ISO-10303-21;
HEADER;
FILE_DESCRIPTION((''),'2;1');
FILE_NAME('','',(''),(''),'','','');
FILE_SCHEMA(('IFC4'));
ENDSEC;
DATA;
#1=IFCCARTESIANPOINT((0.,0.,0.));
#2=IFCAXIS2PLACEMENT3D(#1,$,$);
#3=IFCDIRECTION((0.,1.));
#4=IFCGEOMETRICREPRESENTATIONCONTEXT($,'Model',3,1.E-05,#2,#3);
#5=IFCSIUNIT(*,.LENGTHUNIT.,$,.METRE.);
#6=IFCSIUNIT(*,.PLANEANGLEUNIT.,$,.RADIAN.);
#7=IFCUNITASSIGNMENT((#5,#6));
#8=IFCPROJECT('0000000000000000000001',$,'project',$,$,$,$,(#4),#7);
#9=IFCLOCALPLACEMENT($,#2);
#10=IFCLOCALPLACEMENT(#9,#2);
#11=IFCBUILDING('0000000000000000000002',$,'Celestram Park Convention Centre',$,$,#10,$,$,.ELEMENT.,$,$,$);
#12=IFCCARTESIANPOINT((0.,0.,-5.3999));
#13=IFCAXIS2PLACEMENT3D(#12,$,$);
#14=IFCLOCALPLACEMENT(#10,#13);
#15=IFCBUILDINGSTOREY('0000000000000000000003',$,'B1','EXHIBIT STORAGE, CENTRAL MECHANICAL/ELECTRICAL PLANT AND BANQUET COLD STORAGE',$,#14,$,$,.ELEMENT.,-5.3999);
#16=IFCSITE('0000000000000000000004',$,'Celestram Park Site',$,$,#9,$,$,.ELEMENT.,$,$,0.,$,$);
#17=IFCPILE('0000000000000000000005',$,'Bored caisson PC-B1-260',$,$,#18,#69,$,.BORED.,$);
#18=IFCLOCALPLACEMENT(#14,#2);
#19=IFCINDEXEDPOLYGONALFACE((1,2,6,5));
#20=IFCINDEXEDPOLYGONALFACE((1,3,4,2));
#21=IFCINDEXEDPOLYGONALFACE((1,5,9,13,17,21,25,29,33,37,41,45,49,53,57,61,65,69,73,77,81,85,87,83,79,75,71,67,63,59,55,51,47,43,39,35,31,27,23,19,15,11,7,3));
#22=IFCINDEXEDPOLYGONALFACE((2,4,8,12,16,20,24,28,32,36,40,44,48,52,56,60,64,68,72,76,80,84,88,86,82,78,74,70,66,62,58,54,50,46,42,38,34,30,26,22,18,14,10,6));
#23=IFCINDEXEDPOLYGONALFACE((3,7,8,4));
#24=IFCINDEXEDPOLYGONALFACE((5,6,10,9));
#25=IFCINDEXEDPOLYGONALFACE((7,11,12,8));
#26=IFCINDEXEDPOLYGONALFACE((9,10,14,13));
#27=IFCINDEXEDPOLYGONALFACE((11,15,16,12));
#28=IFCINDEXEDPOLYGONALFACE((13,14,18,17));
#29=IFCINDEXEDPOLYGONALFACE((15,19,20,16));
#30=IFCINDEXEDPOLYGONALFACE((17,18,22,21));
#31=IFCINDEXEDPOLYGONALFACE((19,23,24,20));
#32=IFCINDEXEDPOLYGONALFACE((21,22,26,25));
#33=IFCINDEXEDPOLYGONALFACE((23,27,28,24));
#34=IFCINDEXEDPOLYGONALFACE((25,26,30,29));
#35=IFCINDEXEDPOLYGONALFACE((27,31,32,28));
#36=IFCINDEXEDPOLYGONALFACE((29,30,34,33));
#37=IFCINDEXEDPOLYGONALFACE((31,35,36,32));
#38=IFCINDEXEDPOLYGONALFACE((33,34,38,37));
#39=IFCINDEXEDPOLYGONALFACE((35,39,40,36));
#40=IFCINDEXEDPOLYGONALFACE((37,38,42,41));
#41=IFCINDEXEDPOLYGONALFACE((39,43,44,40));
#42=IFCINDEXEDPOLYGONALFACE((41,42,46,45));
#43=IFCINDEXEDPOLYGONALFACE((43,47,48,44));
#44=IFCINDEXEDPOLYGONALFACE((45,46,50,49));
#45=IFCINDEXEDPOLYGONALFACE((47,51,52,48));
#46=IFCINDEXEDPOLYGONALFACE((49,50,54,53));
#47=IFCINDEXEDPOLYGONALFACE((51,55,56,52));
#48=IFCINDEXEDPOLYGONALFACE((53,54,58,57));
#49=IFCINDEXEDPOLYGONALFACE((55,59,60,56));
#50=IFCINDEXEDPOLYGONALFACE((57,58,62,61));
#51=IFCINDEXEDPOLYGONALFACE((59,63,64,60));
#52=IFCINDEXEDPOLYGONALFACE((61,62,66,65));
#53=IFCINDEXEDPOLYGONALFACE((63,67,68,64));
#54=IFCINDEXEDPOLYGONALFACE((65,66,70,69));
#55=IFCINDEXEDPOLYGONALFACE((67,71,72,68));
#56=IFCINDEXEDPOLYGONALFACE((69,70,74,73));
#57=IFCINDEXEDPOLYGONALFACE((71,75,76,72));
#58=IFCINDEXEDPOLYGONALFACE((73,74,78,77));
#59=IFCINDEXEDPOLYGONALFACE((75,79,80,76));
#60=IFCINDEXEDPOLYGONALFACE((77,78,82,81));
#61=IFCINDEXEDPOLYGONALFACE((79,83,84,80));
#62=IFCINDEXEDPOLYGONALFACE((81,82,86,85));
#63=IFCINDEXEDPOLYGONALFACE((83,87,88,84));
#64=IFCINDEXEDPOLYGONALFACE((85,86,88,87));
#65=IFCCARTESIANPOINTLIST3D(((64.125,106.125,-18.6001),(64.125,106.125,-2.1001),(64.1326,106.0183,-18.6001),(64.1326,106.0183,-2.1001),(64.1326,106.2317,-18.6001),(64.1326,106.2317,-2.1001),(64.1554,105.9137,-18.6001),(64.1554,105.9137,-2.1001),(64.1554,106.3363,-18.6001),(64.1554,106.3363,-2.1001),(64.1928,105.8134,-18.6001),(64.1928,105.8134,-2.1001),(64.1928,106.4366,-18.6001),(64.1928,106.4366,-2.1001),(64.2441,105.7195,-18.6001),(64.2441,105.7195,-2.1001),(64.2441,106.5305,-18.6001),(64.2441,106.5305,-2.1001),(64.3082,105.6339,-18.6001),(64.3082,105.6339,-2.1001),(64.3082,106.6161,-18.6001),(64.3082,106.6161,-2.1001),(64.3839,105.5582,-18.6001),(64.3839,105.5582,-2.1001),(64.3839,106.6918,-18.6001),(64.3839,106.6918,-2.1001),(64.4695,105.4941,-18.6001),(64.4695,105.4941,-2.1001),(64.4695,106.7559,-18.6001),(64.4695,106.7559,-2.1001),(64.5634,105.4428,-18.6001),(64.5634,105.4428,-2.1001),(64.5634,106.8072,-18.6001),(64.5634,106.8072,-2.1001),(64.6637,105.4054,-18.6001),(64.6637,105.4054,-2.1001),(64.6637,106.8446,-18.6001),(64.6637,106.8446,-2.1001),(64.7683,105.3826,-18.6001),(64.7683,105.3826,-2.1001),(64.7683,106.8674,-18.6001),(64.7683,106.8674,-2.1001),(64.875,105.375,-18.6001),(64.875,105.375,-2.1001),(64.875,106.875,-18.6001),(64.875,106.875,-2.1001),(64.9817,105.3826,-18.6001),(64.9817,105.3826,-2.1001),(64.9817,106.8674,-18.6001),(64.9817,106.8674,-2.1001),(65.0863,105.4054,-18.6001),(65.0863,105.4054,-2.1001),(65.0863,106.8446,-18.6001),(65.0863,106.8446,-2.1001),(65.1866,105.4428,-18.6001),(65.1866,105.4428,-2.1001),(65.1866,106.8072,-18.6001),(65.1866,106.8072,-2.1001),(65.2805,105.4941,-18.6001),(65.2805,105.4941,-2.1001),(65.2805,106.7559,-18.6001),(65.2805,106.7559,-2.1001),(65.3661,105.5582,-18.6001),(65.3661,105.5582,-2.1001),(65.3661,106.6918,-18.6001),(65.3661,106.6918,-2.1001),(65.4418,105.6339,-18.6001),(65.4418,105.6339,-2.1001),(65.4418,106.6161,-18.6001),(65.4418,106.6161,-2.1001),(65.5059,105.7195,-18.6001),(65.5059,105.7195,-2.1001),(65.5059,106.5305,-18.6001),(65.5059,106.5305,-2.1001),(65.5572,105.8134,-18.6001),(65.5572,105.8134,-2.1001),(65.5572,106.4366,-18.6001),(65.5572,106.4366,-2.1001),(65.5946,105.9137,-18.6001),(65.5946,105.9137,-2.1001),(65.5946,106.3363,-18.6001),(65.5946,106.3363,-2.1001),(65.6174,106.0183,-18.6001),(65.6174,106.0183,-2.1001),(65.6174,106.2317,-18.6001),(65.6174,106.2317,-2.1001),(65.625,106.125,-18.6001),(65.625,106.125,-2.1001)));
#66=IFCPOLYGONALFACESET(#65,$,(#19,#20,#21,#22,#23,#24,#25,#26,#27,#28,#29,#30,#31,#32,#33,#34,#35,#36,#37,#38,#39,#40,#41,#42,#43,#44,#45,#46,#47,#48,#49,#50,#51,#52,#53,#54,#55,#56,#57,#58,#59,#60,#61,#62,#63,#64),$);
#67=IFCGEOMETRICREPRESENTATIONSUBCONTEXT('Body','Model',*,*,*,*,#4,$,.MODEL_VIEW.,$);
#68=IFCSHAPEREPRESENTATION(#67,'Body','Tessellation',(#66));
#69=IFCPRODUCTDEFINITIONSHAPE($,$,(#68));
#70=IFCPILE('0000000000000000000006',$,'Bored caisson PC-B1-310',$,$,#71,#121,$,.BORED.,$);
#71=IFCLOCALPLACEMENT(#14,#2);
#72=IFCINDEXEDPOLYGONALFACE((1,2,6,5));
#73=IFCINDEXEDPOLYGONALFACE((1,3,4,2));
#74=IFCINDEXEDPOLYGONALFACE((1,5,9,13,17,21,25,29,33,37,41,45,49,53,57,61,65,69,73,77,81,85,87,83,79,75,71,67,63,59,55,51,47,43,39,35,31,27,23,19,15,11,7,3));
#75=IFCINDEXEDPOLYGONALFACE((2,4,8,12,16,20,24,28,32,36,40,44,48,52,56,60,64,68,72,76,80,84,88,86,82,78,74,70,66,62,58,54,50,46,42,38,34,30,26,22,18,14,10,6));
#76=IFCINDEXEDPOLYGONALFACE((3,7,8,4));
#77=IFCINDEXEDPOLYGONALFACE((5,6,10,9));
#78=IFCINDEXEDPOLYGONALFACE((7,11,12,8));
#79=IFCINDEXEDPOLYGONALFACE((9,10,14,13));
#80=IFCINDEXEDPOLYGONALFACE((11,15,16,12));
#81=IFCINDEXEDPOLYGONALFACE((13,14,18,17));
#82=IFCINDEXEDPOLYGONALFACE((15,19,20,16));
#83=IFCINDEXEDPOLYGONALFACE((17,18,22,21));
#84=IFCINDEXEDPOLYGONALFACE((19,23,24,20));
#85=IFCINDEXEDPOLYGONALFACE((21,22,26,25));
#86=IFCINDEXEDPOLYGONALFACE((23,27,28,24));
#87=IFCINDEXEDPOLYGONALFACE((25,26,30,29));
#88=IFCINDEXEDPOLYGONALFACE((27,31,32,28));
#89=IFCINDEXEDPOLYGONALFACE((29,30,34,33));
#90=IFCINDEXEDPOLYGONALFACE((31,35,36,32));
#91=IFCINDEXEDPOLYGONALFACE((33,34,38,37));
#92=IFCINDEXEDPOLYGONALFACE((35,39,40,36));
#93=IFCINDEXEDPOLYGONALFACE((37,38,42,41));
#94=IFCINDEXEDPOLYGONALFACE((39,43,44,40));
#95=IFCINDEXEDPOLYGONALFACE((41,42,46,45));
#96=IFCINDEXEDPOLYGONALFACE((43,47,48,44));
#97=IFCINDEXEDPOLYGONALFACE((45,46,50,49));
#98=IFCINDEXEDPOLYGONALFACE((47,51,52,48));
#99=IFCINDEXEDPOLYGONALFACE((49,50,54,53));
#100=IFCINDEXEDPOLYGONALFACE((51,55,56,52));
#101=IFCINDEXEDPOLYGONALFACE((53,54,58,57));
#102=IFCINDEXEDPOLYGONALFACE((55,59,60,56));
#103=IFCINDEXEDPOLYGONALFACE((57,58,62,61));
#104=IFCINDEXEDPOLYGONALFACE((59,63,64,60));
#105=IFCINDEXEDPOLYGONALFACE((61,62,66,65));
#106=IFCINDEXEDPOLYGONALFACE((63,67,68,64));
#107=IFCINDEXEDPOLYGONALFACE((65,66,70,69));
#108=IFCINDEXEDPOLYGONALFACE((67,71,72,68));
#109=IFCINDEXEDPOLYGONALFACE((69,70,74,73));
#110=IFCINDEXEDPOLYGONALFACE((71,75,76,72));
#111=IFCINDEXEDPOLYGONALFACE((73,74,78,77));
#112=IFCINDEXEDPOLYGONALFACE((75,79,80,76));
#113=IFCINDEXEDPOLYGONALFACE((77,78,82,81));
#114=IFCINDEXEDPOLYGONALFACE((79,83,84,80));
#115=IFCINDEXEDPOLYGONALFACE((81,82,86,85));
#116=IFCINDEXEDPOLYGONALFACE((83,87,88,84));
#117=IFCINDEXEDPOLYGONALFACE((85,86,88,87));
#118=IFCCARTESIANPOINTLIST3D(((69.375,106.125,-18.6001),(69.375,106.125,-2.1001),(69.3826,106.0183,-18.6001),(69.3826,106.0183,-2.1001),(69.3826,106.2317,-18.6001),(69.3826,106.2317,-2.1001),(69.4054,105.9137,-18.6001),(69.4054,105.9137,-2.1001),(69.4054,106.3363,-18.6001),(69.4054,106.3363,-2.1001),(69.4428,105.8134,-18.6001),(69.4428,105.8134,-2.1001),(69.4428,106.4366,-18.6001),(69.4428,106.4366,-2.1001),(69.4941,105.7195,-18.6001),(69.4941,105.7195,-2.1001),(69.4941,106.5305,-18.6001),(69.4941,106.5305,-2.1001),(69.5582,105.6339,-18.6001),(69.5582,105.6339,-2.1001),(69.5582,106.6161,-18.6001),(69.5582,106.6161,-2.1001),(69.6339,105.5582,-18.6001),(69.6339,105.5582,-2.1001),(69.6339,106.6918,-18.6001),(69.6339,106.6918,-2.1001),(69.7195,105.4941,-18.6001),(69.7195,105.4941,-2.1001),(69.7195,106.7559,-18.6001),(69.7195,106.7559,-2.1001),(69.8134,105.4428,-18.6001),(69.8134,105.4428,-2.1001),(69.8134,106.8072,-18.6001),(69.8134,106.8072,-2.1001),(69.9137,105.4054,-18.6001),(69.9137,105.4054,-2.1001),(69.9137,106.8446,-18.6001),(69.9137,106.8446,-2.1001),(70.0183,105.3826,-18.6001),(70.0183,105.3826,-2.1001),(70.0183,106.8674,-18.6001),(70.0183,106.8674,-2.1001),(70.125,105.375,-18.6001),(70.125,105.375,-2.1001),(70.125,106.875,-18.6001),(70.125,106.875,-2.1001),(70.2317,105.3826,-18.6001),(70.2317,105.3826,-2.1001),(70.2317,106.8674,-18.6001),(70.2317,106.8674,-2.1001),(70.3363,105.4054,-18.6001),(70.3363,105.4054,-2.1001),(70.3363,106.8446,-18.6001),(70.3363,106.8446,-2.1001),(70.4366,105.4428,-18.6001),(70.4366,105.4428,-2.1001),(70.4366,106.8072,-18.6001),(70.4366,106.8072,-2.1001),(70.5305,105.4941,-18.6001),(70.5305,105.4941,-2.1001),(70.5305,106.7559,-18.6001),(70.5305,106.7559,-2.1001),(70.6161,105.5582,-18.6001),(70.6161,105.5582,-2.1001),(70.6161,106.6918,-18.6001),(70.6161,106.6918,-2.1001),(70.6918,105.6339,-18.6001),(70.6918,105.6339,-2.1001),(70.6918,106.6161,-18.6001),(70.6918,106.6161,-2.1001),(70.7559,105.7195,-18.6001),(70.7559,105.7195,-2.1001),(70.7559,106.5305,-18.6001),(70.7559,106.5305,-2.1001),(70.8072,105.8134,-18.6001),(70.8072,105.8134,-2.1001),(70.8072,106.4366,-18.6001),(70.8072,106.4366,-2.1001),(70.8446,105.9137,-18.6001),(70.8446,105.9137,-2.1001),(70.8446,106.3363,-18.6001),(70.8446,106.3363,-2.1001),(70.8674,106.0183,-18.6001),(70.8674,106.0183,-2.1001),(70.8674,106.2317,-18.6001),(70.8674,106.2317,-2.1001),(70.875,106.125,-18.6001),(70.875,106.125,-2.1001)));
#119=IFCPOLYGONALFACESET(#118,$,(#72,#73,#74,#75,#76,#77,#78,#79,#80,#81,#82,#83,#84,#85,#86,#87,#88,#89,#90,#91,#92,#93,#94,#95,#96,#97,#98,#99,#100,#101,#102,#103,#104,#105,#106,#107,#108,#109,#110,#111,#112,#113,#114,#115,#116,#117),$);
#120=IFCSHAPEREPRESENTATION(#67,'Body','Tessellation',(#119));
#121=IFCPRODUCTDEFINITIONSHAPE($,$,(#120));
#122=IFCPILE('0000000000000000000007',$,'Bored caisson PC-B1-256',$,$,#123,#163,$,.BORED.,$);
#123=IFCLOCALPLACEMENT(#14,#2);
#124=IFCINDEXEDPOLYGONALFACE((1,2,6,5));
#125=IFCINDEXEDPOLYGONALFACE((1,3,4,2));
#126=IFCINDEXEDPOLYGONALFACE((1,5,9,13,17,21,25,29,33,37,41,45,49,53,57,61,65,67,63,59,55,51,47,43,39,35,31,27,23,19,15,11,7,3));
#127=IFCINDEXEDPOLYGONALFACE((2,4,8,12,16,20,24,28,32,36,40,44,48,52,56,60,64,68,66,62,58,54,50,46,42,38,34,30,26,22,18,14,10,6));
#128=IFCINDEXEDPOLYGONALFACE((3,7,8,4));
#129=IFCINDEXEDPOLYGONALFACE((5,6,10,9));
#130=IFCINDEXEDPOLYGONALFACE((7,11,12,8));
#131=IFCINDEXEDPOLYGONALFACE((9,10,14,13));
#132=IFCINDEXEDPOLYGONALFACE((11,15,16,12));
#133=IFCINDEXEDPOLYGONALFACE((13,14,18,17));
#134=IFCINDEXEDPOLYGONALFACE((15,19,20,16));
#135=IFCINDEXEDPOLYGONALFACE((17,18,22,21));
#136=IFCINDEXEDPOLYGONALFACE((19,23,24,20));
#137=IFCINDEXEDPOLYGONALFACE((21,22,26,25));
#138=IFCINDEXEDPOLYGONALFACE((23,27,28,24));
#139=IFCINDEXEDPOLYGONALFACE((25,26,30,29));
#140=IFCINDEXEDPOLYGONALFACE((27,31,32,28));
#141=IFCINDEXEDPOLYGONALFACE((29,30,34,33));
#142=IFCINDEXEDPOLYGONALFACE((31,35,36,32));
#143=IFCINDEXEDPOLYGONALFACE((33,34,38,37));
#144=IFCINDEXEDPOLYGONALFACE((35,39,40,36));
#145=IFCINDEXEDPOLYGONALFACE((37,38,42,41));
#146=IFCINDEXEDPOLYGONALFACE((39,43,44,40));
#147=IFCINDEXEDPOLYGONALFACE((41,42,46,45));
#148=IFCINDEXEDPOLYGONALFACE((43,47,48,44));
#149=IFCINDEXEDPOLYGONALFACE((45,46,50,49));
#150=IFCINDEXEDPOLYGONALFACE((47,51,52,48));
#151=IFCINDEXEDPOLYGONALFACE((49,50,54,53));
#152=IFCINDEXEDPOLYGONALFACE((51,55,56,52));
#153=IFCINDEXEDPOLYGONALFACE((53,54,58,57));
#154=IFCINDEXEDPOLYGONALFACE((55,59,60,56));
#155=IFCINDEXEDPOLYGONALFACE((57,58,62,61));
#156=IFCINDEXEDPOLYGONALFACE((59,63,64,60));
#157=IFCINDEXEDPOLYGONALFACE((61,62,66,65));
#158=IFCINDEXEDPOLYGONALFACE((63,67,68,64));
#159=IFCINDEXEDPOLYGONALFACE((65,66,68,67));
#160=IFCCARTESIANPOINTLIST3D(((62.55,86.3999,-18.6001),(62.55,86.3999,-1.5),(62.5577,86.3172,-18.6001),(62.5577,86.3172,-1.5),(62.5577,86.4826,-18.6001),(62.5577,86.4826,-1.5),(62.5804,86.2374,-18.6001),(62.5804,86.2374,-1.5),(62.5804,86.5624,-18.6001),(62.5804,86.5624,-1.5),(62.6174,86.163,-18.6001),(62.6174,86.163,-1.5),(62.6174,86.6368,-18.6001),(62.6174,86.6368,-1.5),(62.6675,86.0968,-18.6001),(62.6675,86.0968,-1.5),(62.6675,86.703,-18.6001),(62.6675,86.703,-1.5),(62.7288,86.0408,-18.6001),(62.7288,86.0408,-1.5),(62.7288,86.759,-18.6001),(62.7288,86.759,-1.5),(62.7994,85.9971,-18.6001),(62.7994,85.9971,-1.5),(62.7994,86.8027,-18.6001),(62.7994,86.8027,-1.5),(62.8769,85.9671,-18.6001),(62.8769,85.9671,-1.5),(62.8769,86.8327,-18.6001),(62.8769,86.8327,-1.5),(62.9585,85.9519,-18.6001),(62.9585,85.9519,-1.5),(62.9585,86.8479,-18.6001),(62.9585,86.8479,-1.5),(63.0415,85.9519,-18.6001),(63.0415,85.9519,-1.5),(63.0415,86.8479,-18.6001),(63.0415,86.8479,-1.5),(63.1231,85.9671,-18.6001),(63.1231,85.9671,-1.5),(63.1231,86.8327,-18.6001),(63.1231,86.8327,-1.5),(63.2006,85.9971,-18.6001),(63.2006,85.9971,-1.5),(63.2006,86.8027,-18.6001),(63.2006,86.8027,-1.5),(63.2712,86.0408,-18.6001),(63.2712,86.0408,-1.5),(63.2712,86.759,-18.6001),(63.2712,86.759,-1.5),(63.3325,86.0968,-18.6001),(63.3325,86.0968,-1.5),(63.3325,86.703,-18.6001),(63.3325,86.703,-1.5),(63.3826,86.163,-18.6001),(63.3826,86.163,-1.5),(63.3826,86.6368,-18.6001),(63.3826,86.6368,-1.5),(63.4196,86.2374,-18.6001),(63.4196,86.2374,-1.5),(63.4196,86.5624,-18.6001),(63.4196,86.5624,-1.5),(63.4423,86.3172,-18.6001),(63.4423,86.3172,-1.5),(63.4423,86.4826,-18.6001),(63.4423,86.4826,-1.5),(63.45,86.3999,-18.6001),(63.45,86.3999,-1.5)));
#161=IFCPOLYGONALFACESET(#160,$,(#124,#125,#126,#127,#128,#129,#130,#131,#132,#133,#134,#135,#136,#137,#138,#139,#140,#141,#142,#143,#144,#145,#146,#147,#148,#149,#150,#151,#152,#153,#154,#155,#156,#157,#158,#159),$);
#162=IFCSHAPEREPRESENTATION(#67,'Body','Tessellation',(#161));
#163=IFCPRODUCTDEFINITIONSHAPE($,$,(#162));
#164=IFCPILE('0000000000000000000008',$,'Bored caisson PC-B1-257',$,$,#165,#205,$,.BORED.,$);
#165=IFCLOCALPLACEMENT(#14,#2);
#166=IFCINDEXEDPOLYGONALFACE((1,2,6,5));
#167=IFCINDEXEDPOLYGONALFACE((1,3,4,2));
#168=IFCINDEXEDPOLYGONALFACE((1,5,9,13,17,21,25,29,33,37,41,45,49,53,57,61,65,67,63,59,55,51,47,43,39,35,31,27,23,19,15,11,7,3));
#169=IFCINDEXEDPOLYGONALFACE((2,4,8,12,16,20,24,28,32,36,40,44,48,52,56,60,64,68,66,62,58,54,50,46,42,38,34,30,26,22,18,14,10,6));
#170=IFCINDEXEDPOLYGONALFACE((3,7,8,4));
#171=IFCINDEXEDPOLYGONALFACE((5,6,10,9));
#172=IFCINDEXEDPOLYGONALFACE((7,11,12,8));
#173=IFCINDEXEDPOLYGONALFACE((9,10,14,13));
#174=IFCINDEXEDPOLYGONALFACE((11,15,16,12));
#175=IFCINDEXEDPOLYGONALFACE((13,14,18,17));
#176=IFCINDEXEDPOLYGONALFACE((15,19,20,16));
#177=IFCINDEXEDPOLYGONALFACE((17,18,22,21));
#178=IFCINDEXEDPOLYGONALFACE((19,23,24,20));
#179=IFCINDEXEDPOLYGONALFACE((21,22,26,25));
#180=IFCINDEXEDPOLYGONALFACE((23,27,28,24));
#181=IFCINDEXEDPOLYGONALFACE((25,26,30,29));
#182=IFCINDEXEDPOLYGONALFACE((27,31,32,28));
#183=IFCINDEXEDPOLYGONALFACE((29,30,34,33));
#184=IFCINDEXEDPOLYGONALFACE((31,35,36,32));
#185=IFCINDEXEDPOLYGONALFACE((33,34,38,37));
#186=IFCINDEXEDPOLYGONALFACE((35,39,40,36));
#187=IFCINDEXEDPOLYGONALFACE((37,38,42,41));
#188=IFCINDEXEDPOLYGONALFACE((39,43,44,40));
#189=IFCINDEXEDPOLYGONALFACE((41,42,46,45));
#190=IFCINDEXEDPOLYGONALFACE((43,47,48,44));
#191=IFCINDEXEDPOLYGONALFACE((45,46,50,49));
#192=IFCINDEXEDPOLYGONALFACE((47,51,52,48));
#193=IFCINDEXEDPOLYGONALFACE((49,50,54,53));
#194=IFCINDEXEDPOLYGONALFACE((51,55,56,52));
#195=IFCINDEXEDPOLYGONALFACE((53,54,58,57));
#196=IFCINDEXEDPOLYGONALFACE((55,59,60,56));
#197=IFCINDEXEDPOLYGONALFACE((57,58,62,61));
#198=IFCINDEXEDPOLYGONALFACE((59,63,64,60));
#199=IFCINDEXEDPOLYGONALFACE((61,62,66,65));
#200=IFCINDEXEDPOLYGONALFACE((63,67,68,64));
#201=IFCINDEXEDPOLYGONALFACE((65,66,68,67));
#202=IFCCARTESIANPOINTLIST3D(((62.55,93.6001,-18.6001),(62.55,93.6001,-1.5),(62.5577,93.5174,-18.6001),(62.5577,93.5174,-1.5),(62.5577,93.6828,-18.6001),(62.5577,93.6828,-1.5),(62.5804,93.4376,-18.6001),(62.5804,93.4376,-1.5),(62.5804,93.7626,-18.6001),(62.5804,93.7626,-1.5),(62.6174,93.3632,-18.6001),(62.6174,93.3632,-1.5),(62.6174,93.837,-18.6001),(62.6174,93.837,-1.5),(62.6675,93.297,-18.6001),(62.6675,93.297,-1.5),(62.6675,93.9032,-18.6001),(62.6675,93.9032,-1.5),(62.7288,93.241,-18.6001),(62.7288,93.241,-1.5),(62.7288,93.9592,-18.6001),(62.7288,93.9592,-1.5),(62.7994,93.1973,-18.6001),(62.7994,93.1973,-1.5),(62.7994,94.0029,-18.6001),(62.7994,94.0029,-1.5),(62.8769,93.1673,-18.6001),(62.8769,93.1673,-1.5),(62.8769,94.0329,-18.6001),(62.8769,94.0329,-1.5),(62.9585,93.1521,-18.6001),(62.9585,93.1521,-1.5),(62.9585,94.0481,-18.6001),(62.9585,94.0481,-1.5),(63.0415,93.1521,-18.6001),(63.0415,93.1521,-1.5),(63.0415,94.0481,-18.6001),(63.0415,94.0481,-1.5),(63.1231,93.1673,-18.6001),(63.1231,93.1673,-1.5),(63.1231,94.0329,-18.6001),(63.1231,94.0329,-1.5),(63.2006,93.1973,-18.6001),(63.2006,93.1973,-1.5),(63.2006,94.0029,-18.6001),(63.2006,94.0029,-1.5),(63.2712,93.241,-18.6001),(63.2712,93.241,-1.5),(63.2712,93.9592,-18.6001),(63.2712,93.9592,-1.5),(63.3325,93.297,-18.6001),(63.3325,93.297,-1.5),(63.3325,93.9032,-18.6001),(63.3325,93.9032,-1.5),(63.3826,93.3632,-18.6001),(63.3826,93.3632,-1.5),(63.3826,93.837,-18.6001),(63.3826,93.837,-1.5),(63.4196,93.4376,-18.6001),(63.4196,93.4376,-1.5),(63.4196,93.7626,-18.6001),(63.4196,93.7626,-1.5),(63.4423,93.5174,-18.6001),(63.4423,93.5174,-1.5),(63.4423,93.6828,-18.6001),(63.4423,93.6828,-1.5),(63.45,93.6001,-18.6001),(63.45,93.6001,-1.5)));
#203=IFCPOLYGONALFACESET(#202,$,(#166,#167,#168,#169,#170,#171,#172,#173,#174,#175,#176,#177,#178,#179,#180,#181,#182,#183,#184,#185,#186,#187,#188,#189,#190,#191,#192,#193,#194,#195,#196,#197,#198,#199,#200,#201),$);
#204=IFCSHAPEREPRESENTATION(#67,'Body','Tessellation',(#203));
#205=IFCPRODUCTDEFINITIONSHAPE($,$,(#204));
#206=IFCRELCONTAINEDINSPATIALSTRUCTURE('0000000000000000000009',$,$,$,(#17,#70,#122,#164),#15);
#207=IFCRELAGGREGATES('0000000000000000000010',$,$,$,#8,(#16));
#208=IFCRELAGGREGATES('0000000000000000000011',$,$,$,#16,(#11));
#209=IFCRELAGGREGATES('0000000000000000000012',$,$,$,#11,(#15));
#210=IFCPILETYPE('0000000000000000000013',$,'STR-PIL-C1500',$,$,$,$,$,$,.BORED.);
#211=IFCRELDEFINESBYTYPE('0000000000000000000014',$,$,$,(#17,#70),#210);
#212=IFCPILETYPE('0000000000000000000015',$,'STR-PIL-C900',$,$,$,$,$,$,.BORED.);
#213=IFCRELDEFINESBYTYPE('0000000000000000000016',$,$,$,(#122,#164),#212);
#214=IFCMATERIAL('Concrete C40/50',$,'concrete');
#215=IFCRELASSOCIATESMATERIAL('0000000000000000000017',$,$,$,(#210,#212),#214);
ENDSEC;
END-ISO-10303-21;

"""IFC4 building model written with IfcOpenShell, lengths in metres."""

from ifc_helpers import new_model, si_unit, direction, frame, origin, origin_2d, place, context, subcontext, project, spatial, circle, extrude, material, material_profile, profile_set, type_object, element, save


model = new_model("IFC4")

# Units and contexts
model_context = context("Model", 3, precision=1e-05, world=origin(), true_north=direction((0.0, 1.0)))
body_context = subcontext(model_context, "Body", "Model", "MODEL_VIEW")
ifc_project = project(units=[si_unit("LENGTHUNIT", "METRE"), si_unit("PLANEANGLEUNIT", "RADIAN")], contexts=[model_context])

# Site, building, storey
site_placement = place(None, origin())
site = spatial("IfcSite", under=ifc_project, at=site_placement, Name="Celestram Park Site", CompositionType="ELEMENT", RefElevation=0.0)
building_placement = place(site_placement, origin())
building = spatial("IfcBuilding", under=site, at=building_placement, Name="Celestram Park Convention Centre", CompositionType="ELEMENT")
storey_placement = place(building_placement, frame((0.0, 0.0, -5.3999)))
storey = spatial("IfcBuildingStorey", under=building, at=storey_placement, Name="B1", Description="EXHIBIT STORAGE, CENTRAL MECHANICAL/ELECTRICAL PLANT AND BANQUET COLD STORAGE", CompositionType="ELEMENT", Elevation=-5.3999)

# Shared definitions
ifc_material_1 = material(Name="Concrete C40/50", Category="concrete")

# Piles
ifc_material_profile_1 = material_profile(ifc_material_1, circle(Radius=0.75, at=origin_2d()), Name="CAISSON1500")
ifc_profile_set_1 = profile_set([ifc_material_profile_1], Name="Concrete C40/50")
pile_type_1 = type_object("IfcPileType", Name="STR-PIL-C1500", PredefinedType="BORED", material=ifc_profile_set_1)
for number, where, z_axis, x_axis, name in (
    (1, (64.875, 106.125, -2.1001), (0.0, 0.0, -1.0), (1.0, 0.0, 0.0), "Bored caisson PC-B1-260"),
    (2, (70.125, 106.125, -2.1001), (0.0, 0.0, -1.0), (1.0, 0.0, 0.0), "Bored caisson PC-B1-310"),
):
    element("IfcPile", number, at=place(storey_placement, frame(where, z_axis=z_axis, x_axis=x_axis)), inside=storey, type_object=pile_type_1, Name=name, PredefinedType="BORED", context=body_context, shape_type="SweptSolid", body=[
        extrude(circle(Radius=0.75, at=origin_2d()), origin(), (0.0, 0.0, 1.0), 16.5),
    ])
ifc_material_profile_2 = material_profile(ifc_material_1, circle(Radius=0.45, at=origin_2d()), Name="CAISSON900")
ifc_profile_set_2 = profile_set([ifc_material_profile_2], Name="Concrete C40/50")
pile_type_2 = type_object("IfcPileType", Name="STR-PIL-C900", PredefinedType="BORED", material=ifc_profile_set_2)
for number, where, z_axis, x_axis, name in (
    (3, (63.0, 86.3999, -1.5), (0.0, 0.0, -1.0), (1.0, 0.0, 0.0), "Bored caisson PC-B1-256"),
    (4, (63.0, 93.6001, -1.5), (0.0, 0.0, -1.0), (1.0, 0.0, 0.0), "Bored caisson PC-B1-257"),
):
    element("IfcPile", number, at=place(storey_placement, frame(where, z_axis=z_axis, x_axis=x_axis)), inside=storey, type_object=pile_type_2, Name=name, PredefinedType="BORED", context=body_context, shape_type="SweptSolid", body=[
        extrude(circle(Radius=0.45, at=origin_2d()), origin(), (0.0, 0.0, 1.0), 17.1001),
    ])

save(model, "model.ifc")
